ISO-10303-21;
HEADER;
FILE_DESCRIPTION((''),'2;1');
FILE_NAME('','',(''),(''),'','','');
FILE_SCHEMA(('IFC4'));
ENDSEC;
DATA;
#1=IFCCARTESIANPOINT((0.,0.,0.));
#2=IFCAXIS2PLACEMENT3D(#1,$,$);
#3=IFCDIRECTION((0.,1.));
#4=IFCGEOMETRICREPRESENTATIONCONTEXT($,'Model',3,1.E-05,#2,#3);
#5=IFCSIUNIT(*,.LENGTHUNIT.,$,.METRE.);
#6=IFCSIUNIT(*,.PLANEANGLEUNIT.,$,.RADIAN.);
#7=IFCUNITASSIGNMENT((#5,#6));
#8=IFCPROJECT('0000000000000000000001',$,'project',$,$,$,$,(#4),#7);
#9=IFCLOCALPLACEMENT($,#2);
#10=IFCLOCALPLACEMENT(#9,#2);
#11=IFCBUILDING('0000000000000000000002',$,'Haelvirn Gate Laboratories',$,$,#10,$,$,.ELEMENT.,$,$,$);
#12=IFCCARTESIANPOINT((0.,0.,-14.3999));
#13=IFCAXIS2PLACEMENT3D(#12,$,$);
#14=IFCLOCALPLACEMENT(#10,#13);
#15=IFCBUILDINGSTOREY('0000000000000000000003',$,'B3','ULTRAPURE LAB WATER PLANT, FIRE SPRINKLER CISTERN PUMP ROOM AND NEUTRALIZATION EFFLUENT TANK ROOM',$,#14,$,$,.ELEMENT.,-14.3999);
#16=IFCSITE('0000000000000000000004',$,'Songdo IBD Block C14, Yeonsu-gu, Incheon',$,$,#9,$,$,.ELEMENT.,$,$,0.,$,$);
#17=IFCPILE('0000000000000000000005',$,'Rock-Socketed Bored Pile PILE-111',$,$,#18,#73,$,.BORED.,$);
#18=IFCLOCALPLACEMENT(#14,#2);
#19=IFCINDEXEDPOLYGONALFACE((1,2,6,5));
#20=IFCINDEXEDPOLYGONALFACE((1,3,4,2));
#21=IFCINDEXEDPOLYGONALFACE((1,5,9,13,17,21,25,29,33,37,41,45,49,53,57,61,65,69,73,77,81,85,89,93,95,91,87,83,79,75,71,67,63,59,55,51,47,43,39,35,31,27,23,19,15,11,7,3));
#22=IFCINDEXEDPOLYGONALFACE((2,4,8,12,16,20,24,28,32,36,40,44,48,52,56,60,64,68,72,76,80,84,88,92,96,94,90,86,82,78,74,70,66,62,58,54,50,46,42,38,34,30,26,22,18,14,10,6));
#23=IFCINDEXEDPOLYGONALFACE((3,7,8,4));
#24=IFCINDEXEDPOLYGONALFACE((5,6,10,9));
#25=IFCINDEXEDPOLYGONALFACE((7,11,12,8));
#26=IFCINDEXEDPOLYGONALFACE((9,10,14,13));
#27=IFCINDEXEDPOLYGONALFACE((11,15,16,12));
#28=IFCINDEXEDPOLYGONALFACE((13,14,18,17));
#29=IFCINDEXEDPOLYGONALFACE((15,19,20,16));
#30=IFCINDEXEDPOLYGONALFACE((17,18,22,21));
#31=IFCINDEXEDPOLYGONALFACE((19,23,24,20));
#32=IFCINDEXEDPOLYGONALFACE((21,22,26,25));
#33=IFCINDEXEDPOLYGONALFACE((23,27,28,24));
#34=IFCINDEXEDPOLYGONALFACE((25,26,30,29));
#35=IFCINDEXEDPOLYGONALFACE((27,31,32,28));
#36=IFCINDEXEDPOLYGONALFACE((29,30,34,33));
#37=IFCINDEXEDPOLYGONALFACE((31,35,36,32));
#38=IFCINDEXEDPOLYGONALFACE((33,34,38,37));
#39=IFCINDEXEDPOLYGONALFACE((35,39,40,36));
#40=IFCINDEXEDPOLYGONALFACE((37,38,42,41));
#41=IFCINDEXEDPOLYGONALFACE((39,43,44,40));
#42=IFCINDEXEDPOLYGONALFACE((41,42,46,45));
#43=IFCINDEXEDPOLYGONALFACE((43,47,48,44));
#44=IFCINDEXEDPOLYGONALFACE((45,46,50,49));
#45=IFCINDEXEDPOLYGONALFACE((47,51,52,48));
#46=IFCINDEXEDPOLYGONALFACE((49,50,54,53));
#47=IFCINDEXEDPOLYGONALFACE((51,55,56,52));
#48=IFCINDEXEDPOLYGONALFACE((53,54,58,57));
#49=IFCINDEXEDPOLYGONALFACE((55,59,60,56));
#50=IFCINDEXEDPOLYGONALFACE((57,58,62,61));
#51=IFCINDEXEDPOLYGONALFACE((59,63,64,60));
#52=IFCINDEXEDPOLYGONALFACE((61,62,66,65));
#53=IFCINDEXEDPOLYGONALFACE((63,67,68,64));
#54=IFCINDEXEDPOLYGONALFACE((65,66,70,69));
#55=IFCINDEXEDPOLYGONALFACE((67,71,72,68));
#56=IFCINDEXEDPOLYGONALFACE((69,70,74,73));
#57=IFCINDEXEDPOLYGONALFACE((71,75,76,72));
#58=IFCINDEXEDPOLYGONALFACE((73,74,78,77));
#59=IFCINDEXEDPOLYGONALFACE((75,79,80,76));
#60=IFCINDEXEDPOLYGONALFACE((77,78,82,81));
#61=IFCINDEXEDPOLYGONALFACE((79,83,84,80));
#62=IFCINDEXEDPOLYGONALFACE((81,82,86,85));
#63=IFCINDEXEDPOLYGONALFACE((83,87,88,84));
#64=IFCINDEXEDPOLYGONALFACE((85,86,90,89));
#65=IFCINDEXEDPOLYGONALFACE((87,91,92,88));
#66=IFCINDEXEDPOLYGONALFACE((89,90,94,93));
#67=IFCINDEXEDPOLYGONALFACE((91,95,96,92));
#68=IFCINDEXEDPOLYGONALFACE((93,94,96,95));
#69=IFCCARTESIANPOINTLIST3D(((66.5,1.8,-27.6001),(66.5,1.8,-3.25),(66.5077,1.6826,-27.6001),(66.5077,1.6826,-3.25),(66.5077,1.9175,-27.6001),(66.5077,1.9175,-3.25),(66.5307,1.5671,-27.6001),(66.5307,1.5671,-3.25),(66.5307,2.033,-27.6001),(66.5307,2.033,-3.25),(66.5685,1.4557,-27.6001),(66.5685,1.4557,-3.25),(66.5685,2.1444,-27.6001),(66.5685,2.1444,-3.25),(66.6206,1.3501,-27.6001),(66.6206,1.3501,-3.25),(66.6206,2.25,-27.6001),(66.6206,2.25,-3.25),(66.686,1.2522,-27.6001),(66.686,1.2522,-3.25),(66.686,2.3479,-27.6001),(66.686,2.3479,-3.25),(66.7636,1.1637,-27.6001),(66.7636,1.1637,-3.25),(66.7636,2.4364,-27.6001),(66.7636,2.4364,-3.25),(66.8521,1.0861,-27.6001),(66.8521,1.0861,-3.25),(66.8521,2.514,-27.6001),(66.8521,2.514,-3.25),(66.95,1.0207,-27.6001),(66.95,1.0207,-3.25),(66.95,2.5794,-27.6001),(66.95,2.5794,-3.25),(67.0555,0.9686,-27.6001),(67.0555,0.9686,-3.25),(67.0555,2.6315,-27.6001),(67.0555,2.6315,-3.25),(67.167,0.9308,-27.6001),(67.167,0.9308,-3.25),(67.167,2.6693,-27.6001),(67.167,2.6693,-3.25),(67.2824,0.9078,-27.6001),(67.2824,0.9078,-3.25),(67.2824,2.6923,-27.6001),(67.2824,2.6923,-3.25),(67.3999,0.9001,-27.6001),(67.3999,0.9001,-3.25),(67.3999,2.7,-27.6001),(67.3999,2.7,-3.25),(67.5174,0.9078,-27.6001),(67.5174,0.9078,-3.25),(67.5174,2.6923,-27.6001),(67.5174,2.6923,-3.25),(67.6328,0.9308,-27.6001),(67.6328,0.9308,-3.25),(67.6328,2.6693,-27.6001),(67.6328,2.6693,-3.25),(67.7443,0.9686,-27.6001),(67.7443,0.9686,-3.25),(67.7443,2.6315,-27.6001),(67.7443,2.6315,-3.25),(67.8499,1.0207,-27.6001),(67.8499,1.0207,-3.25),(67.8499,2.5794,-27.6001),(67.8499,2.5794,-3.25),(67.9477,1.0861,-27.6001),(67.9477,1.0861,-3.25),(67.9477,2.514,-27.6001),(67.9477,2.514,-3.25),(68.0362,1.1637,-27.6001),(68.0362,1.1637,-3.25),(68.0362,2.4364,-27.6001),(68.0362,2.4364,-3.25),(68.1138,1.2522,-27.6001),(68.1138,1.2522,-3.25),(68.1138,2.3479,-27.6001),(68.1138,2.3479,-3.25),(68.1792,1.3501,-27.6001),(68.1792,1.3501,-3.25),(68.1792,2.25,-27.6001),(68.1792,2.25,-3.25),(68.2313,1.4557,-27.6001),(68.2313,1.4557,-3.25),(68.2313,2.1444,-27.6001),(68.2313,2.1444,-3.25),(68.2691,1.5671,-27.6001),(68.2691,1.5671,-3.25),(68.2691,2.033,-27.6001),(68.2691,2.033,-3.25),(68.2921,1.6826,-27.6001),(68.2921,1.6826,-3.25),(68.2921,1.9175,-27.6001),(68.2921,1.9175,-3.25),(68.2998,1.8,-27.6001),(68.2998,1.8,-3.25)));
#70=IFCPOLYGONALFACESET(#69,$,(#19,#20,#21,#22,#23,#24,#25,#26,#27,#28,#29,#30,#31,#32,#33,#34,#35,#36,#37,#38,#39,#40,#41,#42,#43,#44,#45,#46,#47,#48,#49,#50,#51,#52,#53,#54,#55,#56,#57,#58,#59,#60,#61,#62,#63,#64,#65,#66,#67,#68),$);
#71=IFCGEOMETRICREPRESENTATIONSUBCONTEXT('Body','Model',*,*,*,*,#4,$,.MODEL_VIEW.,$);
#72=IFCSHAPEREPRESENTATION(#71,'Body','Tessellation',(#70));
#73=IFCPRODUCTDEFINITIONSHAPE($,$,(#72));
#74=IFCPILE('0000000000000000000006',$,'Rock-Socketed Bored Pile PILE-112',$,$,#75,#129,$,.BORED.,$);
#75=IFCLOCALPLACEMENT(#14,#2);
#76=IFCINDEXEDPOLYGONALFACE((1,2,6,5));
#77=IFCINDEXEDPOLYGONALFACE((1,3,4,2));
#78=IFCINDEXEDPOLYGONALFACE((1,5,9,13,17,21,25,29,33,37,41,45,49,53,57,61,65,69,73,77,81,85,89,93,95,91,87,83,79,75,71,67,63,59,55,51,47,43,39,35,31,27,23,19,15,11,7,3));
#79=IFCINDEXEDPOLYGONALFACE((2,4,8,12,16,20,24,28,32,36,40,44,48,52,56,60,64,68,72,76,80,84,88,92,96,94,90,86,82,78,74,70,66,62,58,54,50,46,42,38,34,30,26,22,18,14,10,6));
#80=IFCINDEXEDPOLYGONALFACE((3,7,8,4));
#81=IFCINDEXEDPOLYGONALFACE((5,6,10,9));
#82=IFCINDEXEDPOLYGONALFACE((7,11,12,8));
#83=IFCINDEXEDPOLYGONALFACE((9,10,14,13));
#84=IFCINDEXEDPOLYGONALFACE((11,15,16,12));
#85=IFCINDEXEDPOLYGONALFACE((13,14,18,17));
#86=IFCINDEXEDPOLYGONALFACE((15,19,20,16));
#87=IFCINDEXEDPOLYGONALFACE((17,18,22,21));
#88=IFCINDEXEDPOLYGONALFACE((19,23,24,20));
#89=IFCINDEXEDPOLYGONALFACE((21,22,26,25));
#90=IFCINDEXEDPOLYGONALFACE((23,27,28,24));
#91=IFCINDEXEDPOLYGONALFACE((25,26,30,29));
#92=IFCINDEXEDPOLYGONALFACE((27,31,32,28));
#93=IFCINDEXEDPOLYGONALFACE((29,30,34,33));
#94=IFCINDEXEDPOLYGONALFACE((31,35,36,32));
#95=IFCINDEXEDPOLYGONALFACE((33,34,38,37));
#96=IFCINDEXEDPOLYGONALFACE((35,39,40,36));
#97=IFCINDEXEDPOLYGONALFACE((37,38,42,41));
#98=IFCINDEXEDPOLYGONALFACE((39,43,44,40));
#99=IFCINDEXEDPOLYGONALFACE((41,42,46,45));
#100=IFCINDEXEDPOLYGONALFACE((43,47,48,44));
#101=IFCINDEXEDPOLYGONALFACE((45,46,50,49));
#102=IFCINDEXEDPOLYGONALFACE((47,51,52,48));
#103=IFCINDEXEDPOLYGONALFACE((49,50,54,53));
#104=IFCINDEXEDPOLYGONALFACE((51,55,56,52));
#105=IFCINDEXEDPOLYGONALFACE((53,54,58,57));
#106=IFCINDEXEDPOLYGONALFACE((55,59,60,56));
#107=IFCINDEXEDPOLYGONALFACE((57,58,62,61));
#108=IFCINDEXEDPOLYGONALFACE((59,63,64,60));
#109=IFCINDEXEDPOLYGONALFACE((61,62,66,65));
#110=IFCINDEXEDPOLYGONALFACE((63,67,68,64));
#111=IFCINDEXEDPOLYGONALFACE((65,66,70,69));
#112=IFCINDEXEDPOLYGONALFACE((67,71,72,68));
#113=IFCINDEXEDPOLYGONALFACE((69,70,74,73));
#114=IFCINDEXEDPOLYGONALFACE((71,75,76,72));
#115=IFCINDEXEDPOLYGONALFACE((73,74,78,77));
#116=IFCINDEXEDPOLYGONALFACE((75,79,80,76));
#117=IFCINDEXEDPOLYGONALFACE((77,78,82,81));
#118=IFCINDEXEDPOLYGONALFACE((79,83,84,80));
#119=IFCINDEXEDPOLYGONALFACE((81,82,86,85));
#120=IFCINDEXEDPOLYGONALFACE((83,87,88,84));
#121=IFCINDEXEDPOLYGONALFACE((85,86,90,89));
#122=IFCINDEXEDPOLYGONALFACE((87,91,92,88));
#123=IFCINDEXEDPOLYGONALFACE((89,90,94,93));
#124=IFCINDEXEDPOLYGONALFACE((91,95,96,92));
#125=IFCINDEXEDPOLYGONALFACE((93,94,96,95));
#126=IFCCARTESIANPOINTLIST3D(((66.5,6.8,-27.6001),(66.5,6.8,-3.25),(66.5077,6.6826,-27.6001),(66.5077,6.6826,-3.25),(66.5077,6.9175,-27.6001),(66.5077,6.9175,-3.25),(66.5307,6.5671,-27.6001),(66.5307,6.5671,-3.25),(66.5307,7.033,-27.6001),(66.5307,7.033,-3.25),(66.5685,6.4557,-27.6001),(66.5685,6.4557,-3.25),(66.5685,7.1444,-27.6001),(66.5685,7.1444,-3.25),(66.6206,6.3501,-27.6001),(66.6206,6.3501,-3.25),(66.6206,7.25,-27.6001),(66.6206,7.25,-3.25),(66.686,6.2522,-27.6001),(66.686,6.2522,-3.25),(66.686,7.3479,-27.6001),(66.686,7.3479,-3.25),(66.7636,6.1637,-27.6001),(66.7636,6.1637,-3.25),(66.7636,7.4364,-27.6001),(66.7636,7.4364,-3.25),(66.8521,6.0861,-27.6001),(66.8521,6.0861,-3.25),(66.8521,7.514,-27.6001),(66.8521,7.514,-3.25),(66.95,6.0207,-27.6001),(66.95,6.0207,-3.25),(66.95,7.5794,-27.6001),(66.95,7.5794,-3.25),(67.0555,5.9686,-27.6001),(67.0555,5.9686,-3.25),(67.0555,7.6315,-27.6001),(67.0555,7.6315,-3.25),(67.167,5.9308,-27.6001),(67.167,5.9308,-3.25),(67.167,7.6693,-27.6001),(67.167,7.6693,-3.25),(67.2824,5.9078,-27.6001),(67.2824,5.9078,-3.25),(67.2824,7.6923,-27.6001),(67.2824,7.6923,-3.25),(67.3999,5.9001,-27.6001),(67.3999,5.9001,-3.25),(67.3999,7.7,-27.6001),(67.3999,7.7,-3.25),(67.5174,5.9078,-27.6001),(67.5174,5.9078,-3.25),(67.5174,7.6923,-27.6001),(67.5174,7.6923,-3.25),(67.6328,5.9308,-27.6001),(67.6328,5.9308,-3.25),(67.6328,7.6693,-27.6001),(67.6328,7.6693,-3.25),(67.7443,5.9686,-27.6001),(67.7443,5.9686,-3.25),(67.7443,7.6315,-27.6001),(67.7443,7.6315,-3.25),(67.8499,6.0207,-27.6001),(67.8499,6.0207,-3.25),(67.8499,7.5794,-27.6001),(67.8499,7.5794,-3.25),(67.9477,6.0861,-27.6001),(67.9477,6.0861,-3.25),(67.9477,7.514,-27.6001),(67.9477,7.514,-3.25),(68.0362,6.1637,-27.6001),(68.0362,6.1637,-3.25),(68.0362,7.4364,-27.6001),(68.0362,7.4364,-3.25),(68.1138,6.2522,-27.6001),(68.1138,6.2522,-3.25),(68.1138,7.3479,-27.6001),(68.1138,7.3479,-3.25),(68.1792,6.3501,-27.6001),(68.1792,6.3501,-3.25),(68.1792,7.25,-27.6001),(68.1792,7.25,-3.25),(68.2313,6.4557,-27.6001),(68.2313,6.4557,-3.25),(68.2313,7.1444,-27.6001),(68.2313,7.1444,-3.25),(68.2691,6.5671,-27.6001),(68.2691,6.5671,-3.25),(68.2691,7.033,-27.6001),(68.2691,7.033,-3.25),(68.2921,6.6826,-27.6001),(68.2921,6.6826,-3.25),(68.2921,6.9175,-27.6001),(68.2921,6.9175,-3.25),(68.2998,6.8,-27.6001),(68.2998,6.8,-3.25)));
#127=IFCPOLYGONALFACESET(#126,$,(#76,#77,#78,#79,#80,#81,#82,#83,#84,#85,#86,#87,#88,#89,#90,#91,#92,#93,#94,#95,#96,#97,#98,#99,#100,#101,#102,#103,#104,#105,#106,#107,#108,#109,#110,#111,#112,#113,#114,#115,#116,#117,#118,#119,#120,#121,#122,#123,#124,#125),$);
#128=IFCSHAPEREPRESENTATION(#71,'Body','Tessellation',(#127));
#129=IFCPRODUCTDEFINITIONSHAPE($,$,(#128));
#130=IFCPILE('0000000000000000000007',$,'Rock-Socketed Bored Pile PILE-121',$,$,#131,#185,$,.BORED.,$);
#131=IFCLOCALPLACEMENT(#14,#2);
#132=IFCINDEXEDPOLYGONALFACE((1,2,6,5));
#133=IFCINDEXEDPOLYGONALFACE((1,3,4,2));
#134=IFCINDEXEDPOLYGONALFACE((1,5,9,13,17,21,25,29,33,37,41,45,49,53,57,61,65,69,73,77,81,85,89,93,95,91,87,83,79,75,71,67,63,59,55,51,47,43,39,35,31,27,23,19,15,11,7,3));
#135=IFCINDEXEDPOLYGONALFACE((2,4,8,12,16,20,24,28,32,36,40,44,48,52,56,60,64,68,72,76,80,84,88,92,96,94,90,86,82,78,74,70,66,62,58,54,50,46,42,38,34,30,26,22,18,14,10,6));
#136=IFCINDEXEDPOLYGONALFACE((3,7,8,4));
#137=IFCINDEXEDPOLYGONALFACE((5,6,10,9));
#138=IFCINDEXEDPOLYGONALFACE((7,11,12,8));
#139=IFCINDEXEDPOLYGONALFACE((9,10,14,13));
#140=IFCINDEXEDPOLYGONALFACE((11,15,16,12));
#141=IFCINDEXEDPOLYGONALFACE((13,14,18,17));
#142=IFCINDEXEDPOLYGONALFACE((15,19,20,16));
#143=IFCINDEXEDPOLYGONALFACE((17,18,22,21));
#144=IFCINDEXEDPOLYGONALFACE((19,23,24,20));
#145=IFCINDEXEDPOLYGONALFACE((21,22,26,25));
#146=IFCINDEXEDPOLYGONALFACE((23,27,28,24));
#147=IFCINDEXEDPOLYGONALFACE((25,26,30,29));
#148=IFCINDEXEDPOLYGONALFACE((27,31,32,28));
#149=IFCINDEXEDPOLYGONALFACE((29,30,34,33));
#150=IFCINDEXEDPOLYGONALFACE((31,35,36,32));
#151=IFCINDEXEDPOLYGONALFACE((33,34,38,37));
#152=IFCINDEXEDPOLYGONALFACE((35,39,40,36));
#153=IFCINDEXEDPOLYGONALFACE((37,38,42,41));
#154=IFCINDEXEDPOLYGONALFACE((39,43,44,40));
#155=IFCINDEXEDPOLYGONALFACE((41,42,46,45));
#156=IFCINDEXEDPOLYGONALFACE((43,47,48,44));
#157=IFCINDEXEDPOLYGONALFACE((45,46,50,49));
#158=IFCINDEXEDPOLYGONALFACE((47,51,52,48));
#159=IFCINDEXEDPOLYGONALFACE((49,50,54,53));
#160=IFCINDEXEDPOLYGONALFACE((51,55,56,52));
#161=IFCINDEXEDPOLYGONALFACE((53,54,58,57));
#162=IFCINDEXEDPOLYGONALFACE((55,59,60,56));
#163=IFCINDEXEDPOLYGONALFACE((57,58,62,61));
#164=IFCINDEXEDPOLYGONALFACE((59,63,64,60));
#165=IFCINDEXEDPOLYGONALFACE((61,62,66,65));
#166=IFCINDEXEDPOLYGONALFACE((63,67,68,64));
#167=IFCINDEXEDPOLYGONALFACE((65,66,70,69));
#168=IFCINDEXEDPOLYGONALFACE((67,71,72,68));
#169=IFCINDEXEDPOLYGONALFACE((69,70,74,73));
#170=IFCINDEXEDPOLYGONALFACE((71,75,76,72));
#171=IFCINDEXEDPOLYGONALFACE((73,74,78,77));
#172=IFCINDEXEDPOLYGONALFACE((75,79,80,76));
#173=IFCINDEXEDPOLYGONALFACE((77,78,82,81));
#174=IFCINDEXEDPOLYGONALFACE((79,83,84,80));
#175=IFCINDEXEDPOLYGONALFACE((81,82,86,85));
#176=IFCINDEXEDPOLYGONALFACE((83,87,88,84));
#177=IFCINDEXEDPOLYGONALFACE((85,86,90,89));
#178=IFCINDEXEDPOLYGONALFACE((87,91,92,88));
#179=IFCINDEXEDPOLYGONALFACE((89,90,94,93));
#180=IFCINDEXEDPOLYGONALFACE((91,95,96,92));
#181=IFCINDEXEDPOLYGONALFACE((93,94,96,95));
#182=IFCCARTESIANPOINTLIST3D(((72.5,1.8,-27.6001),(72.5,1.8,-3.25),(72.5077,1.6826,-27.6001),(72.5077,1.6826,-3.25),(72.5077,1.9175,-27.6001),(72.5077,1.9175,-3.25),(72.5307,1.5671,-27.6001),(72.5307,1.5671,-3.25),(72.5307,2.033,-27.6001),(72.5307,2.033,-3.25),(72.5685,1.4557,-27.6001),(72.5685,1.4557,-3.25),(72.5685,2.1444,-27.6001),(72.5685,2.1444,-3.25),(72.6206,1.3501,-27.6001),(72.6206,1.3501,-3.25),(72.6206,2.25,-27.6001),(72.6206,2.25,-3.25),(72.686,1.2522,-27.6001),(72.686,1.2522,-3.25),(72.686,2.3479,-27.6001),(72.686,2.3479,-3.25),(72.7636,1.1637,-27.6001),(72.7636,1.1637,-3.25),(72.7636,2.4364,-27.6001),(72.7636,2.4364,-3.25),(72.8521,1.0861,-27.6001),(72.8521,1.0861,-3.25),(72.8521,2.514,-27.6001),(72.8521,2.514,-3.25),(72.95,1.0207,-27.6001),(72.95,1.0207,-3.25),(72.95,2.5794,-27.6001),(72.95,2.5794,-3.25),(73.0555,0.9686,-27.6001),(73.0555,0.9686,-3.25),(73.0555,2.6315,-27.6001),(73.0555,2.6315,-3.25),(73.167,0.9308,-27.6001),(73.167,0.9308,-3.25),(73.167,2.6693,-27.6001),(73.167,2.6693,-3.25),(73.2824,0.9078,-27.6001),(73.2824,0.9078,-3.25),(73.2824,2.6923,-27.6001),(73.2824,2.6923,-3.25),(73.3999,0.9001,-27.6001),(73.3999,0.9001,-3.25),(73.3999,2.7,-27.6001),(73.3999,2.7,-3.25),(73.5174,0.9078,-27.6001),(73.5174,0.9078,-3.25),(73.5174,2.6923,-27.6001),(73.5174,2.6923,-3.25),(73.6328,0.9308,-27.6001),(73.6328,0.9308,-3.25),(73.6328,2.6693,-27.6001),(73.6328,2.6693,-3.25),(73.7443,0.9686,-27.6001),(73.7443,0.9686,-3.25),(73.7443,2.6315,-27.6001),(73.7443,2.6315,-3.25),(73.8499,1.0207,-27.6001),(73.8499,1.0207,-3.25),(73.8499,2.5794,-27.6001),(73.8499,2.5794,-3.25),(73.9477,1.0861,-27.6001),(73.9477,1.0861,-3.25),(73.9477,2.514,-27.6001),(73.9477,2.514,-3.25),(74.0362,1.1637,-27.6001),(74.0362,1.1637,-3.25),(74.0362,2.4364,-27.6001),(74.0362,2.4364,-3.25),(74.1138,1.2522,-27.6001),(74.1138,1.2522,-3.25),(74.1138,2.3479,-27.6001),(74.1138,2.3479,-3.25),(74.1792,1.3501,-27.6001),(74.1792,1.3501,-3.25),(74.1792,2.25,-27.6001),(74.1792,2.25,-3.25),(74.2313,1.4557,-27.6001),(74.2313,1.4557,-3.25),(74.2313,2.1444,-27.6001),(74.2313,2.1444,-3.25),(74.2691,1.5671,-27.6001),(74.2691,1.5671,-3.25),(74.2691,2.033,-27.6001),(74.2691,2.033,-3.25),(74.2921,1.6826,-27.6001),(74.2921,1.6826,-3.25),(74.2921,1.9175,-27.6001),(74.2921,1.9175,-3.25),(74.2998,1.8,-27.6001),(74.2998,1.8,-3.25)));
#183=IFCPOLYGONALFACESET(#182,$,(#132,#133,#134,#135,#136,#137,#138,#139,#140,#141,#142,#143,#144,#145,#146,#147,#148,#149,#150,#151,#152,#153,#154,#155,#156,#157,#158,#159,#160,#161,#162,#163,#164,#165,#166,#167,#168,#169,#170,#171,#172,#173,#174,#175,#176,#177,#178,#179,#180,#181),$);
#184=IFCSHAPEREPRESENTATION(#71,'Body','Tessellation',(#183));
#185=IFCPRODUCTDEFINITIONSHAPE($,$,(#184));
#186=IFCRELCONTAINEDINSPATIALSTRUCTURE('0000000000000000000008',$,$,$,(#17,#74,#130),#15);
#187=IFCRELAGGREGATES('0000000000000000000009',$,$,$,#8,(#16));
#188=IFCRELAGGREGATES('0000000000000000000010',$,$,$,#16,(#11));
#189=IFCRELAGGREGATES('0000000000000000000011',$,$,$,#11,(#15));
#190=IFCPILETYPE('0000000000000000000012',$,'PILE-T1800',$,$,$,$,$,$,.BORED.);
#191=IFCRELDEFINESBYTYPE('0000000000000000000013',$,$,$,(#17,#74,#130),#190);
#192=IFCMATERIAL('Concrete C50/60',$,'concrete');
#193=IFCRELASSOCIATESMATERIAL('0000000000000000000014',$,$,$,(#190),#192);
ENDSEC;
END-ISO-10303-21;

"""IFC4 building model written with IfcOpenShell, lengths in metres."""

from ifc_helpers import new_model, si_unit, direction, frame, origin, origin_2d, place, context, subcontext, project, spatial, circle, extrude, source, transform, mapped, material, material_profile, profile_set, type_object, type_shapes, element, save


model = new_model("IFC4")

# Units and contexts
model_context = context("Model", 3, precision=1e-05, world=origin(), true_north=direction((0.0, 1.0)))
body_context = subcontext(model_context, "Body", "Model", "MODEL_VIEW")
ifc_project = project(units=[si_unit("LENGTHUNIT", "METRE"), si_unit("PLANEANGLEUNIT", "RADIAN")], contexts=[model_context])

# Site, building, storey
site_placement = place(None, origin())
site = spatial("IfcSite", under=ifc_project, at=site_placement, Name="Songdo IBD Block C14, Yeonsu-gu, Incheon", CompositionType="ELEMENT", RefElevation=0.0)
building_placement = place(site_placement, origin())
building = spatial("IfcBuilding", under=site, at=building_placement, Name="Haelvirn Gate Laboratories", CompositionType="ELEMENT")
storey_placement = place(building_placement, frame((0.0, 0.0, -14.3999)))
storey = spatial("IfcBuildingStorey", under=building, at=storey_placement, Name="B3", Description="ULTRAPURE LAB WATER PLANT, FIRE SPRINKLER CISTERN PUMP ROOM AND NEUTRALIZATION EFFLUENT TANK ROOM", CompositionType="ELEMENT", Elevation=-14.3999)

# Piles
ifc_material_1 = material(Name="Concrete C50/60", Category="concrete")
ifc_material_profile_1 = material_profile(ifc_material_1, circle(Radius=0.8999, at=origin_2d()), Name="PILE-D1800")
ifc_profile_set_1 = profile_set([ifc_material_profile_1], Name="Concrete C50/60")
pile_type = type_object("IfcPileType", Name="PILE-T1800", PredefinedType="BORED", material=ifc_profile_set_1)
shared_shape_1 = source(origin(), body_context, "Body", "SweptSolid", [
    extrude(circle(Radius=0.8999, at=origin_2d()), origin(), (0.0, 0.0, 1.0), 24.3501),
])
type_shapes(pile_type, [shared_shape_1])
for number, where, z_axis, x_axis, name in (
    (1, (67.3999, 1.8, -3.25), (0.0, 0.0, -1.0), (1.0, 0.0, 0.0), "Rock-Socketed Bored Pile PILE-111"),
    (2, (67.3999, 6.8, -3.25), (0.0, 0.0, -1.0), (1.0, 0.0, 0.0), "Rock-Socketed Bored Pile PILE-112"),
    (3, (73.3999, 1.8, -3.25), (0.0, 0.0, -1.0), (1.0, 0.0, 0.0), "Rock-Socketed Bored Pile PILE-121"),
):
    element("IfcPile", number, at=place(storey_placement, frame(where, z_axis=z_axis, x_axis=x_axis)), inside=storey, type_object=pile_type, Name=name, PredefinedType="BORED", context=body_context, shape_type="MappedRepresentation", body=[
        mapped(shared_shape_1, transform((0.0, 0.0, 0.0), scale=1.0)),
    ])

save(model, "model.ifc")
